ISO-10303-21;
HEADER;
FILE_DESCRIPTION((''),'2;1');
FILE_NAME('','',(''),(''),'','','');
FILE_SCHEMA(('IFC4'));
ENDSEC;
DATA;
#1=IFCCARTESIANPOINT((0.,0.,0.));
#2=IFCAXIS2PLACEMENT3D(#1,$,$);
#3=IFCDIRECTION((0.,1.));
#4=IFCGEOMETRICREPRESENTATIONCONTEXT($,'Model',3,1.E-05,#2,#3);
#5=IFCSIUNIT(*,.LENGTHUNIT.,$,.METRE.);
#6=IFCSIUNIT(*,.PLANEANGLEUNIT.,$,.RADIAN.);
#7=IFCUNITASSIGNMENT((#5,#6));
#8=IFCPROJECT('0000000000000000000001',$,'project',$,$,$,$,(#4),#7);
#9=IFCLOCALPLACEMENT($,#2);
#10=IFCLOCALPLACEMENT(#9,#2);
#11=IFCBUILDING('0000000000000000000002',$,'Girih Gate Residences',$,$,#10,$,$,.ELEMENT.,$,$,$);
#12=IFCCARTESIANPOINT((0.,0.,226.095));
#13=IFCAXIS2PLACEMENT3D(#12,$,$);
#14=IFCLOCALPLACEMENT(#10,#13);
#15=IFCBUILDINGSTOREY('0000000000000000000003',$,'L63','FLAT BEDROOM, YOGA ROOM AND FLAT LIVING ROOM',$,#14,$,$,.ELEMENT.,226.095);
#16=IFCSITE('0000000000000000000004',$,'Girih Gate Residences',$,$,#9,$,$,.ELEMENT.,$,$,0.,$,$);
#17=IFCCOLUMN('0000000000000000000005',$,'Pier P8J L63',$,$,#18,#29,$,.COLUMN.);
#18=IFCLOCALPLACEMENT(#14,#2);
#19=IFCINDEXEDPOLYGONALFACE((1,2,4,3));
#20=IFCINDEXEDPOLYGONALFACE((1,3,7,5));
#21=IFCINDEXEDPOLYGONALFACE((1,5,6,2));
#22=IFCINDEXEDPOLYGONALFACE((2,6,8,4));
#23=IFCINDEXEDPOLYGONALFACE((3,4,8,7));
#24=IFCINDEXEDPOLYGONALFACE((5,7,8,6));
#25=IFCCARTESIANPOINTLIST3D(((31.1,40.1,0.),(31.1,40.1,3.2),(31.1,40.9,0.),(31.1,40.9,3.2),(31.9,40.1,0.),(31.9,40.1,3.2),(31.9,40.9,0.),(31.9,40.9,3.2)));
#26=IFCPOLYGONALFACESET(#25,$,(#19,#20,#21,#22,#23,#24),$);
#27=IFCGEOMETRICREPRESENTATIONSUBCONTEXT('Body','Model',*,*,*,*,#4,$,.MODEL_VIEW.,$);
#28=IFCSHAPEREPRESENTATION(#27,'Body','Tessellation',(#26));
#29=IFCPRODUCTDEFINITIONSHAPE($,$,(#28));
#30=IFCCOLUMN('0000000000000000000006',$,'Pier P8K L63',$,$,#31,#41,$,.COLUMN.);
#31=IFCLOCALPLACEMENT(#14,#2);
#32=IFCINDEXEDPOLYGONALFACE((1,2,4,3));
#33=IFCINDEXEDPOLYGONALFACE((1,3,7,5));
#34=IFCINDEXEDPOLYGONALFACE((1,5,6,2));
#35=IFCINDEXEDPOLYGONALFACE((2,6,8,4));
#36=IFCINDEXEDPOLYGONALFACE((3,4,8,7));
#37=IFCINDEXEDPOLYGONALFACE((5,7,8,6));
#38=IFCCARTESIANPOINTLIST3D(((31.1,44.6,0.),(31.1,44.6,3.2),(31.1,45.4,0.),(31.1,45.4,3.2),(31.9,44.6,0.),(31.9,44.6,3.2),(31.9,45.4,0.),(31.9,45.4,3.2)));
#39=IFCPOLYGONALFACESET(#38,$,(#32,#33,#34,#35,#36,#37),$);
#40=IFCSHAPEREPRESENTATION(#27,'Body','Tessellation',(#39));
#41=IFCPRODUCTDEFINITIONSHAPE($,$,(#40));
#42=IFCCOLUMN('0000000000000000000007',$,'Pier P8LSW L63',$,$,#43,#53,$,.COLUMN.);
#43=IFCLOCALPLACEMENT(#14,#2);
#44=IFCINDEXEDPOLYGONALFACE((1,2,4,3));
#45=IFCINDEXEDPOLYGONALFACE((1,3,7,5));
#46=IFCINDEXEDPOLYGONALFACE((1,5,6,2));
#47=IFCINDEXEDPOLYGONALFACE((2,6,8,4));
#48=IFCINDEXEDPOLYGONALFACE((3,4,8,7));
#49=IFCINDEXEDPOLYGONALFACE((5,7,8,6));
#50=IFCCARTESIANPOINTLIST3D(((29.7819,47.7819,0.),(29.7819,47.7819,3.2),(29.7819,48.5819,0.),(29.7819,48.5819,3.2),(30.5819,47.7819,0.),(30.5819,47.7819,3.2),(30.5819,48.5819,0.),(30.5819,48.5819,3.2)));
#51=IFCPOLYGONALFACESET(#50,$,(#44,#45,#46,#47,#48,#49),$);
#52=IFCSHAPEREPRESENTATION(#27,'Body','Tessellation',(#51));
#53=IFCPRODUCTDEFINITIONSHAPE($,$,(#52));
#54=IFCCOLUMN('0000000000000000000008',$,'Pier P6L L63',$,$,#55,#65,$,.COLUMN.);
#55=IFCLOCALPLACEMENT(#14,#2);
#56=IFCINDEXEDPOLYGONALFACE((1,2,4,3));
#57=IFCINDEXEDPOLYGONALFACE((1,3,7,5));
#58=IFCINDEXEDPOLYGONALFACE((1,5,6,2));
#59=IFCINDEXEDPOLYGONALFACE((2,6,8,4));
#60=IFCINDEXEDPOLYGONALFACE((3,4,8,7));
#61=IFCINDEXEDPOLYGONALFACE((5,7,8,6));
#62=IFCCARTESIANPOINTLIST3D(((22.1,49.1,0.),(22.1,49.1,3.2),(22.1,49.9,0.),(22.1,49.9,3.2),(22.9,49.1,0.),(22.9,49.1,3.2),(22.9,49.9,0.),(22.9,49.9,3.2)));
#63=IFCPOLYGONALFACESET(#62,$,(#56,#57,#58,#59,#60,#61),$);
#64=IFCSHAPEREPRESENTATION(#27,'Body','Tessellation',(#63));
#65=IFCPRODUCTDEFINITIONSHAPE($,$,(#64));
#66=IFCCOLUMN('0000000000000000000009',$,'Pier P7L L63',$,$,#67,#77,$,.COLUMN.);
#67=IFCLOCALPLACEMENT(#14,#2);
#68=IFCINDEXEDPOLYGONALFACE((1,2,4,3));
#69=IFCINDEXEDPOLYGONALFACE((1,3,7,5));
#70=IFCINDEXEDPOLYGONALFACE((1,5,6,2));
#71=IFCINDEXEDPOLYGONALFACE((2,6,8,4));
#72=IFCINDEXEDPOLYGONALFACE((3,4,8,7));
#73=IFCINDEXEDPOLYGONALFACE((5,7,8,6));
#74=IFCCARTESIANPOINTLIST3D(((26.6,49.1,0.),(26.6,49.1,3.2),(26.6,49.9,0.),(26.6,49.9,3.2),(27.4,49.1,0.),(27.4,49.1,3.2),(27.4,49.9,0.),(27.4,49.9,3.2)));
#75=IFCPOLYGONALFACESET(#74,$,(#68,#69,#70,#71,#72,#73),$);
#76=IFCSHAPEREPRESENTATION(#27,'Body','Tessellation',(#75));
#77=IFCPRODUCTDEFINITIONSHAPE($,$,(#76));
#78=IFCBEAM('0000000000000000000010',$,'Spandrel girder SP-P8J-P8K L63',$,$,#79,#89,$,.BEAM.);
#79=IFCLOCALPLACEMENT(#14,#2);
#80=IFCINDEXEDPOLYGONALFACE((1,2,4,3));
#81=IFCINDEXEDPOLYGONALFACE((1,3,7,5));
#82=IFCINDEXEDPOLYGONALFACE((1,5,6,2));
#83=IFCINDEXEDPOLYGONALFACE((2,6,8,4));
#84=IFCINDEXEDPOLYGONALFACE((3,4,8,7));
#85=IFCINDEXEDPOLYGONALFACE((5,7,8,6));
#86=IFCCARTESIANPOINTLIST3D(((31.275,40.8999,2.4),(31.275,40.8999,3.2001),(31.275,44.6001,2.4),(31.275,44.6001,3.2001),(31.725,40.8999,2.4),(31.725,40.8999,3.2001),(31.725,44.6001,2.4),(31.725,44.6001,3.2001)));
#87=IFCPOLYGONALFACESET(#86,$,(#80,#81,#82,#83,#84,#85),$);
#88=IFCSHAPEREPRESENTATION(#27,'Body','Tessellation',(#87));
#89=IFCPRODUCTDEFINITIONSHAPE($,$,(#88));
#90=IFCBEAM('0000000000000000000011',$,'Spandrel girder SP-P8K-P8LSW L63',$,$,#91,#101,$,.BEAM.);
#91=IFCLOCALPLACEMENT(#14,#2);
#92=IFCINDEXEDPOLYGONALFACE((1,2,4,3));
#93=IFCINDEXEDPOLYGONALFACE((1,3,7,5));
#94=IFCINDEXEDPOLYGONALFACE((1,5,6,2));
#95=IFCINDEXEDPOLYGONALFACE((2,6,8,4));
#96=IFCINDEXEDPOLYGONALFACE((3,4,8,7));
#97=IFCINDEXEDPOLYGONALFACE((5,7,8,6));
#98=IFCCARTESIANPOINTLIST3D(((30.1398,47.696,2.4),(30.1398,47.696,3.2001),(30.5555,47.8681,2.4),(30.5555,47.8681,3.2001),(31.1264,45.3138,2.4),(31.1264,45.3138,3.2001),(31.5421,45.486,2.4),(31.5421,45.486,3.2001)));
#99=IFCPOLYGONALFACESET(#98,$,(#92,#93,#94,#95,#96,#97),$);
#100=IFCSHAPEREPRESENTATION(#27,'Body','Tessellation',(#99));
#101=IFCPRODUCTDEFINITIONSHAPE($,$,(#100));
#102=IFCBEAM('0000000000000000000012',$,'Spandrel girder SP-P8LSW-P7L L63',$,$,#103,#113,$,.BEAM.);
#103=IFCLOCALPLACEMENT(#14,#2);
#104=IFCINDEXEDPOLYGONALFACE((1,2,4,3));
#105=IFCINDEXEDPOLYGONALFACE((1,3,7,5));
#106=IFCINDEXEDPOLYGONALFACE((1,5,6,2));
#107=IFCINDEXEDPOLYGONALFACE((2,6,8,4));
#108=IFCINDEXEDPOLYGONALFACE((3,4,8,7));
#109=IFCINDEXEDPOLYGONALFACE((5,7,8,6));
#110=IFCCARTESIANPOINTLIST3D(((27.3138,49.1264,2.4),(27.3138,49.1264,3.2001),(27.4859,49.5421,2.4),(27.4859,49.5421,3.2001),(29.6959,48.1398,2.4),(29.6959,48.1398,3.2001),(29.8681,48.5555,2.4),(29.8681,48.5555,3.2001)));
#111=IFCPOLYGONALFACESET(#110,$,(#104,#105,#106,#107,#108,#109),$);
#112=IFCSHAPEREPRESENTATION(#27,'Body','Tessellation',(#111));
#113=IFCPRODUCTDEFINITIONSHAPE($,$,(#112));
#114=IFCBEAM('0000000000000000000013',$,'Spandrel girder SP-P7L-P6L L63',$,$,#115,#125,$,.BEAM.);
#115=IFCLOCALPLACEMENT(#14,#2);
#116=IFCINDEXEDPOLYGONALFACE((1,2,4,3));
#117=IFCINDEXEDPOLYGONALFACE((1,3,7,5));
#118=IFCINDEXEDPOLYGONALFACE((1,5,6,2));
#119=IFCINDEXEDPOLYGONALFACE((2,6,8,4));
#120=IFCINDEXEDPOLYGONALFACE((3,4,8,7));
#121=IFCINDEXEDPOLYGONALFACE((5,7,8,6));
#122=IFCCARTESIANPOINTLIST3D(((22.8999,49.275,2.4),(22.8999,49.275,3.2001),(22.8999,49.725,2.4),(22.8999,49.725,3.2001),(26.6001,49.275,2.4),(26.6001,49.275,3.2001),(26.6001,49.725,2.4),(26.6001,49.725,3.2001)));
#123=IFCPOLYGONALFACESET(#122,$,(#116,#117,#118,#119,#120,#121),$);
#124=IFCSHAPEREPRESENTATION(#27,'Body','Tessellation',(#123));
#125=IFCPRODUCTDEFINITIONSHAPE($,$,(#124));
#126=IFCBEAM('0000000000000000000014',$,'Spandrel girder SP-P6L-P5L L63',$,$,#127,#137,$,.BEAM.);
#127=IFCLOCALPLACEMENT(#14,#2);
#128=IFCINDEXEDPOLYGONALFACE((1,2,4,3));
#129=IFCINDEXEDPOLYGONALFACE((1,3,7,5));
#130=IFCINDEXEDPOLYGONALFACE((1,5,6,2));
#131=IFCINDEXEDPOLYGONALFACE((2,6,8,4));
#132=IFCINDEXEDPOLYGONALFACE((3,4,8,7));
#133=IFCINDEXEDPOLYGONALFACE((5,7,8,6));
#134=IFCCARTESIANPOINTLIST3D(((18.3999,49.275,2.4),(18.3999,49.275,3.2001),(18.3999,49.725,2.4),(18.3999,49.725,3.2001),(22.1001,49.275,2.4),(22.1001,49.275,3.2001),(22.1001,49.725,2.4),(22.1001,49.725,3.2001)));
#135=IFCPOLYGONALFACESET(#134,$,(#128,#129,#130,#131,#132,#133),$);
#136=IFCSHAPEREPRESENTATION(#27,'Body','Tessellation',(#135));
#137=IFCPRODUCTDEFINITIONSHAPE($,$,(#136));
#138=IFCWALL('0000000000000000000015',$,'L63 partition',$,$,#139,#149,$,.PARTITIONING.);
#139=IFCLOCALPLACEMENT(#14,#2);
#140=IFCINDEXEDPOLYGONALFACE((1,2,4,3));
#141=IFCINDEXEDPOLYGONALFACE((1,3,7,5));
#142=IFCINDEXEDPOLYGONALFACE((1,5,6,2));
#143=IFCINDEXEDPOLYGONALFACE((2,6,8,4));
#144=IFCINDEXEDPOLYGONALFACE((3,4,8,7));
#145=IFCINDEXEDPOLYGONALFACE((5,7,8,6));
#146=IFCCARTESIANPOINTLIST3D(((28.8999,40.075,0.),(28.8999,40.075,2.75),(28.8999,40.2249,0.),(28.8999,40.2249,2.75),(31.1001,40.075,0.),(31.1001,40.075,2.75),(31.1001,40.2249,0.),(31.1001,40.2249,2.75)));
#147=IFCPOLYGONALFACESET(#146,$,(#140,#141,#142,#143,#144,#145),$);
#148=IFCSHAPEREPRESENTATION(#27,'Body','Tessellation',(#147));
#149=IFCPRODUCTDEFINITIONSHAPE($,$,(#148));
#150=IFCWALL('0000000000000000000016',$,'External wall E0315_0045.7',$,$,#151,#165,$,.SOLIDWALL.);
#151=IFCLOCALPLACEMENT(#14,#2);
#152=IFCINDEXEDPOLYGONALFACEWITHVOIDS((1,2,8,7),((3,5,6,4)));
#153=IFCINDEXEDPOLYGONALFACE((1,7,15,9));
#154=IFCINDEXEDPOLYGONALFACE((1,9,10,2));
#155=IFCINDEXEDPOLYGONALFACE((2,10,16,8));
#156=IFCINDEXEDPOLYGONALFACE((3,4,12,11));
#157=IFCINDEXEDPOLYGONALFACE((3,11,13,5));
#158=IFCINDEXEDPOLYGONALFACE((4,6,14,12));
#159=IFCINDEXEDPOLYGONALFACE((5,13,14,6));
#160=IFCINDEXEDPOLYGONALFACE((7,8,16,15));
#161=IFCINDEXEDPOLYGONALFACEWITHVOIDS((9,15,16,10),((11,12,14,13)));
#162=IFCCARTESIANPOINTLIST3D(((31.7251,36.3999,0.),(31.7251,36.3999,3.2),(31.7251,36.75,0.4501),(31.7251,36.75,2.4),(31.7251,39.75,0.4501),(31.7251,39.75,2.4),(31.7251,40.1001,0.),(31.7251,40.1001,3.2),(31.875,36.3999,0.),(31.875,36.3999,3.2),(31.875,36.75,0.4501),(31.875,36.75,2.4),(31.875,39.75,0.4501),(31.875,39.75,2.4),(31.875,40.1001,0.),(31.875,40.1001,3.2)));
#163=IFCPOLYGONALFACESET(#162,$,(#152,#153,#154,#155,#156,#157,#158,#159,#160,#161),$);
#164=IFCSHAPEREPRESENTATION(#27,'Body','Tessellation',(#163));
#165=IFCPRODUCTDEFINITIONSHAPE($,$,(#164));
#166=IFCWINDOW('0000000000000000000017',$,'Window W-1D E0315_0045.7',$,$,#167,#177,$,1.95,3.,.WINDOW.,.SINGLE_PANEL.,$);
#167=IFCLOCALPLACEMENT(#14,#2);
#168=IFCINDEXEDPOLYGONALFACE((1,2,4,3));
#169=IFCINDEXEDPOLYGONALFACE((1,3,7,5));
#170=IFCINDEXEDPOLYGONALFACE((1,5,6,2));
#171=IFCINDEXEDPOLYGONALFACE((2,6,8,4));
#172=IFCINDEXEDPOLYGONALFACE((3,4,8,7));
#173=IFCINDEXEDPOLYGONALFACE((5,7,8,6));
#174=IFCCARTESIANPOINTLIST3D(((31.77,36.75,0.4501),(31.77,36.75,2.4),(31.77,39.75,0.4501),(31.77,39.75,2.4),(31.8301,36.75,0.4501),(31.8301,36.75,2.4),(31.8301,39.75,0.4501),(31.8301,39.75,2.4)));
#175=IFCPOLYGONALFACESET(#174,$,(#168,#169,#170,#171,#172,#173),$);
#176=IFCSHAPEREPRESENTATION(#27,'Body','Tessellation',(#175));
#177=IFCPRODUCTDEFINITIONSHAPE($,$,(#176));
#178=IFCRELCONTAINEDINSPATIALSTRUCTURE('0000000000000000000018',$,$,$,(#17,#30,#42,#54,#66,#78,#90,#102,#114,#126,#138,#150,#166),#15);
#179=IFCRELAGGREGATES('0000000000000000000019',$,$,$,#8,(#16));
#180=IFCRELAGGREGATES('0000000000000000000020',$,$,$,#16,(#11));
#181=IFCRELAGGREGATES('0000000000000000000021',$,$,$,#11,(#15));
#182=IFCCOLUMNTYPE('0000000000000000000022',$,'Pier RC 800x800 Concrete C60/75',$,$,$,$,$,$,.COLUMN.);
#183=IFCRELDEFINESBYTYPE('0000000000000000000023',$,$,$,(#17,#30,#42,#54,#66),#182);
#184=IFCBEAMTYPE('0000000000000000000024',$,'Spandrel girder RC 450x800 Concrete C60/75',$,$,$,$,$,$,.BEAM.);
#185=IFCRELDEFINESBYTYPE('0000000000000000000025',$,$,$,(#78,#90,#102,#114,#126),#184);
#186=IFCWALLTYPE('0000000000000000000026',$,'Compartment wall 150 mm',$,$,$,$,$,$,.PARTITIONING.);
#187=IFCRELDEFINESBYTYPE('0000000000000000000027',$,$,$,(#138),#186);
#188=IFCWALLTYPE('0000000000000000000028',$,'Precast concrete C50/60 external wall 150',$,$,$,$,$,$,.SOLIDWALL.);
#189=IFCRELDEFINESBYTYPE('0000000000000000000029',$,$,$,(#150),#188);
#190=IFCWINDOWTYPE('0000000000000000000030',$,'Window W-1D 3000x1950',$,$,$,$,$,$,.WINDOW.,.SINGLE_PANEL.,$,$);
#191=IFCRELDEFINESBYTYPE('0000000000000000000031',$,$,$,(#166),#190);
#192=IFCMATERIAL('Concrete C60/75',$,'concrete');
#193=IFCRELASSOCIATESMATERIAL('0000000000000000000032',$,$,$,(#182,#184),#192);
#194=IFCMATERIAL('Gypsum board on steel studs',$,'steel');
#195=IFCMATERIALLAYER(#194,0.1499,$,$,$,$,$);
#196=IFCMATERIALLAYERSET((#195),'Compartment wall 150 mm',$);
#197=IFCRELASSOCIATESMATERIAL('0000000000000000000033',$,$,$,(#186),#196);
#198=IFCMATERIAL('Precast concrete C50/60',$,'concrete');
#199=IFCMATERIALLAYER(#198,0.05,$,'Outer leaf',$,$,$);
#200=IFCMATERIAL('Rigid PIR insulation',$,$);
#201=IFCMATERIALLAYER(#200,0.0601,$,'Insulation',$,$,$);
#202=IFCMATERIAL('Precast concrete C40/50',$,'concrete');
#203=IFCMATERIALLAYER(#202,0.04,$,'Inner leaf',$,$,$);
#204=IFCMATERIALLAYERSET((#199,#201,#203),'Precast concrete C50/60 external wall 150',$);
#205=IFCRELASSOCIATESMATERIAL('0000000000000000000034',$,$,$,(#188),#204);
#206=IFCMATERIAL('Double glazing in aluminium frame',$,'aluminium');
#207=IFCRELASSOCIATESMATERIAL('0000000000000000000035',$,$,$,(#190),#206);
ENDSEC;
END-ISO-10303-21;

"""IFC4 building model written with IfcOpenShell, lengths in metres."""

from ifc_helpers import new_model, si_unit, direction, frame, frame_2d, origin, origin_2d, place, context, subcontext, project, spatial, rectangle, extrude, material, layer, layer_set, material_profile, profile_set, type_object, element, fill, save


model = new_model("IFC4")

# Units and contexts
model_context = context("Model", 3, precision=1e-05, world=origin(), true_north=direction((0.0, 1.0)))
body_context = subcontext(model_context, "Body", "Model", "MODEL_VIEW")
ifc_project = project(units=[si_unit("LENGTHUNIT", "METRE"), si_unit("PLANEANGLEUNIT", "RADIAN")], contexts=[model_context])

# Site, building, storey
site_placement = place(None, origin())
site = spatial("IfcSite", under=ifc_project, at=site_placement, Name="Girih Gate Residences", CompositionType="ELEMENT", RefElevation=0.0)
building_placement = place(site_placement, origin())
building = spatial("IfcBuilding", under=site, at=building_placement, Name="Girih Gate Residences", CompositionType="ELEMENT")
storey_placement = place(building_placement, frame((0.0, 0.0, 226.095)))
storey = spatial("IfcBuildingStorey", under=building, at=storey_placement, Name="L63", Description="FLAT BEDROOM, YOGA ROOM AND FLAT LIVING ROOM", CompositionType="ELEMENT", Elevation=226.095)

# Columns
ifc_material_1 = material(Name="Concrete C60/75", Category="concrete")
ifc_material_profile_1 = material_profile(ifc_material_1, rectangle(XDim=0.8, YDim=0.8, at=origin_2d()))
ifc_profile_set_1 = profile_set([ifc_material_profile_1], Name="Concrete C60/75")
column_type = type_object("IfcColumnType", Name="Pier RC 800x800 Concrete C60/75", PredefinedType="COLUMN", material=ifc_profile_set_1)
for number, where, z_axis, x_axis, name in (
    (1, (31.5, 40.5, 0.0), (0.0, 0.0, 1.0), (1.0, 0.0, 0.0), "Pier P8J L63"),
    (2, (31.5, 45.0, 0.0), (0.0, 0.0, 1.0), (1.0, 0.0, 0.0), "Pier P8K L63"),
    (3, (30.1819, 48.1819, 0.0), (0.0, 0.0, 1.0), (1.0, 0.0, 0.0), "Pier P8LSW L63"),
    (4, (22.5, 49.5, 0.0), (0.0, 0.0, 1.0), (1.0, 0.0, 0.0), "Pier P6L L63"),
    (5, (27.0, 49.5, 0.0), (0.0, 0.0, 1.0), (1.0, 0.0, 0.0), "Pier P7L L63"),
):
    element("IfcColumn", number, at=place(storey_placement, frame(where, z_axis=z_axis, x_axis=x_axis)), inside=storey, type_object=column_type, Name=name, PredefinedType="COLUMN", context=body_context, shape_type="SweptSolid", body=[
        extrude(rectangle(XDim=0.8, YDim=0.8, at=origin_2d()), origin(), (0.0, 0.0, 1.0), 3.2),
    ])

# Beams
ifc_material_profile_2 = material_profile(ifc_material_1, rectangle(XDim=0.45, YDim=0.8, at=origin_2d()))
ifc_profile_set_2 = profile_set([ifc_material_profile_2], Name="Concrete C60/75")
beam_type = type_object("IfcBeamType", Name="Spandrel girder RC 450x800 Concrete C60/75", PredefinedType="BEAM", material=ifc_profile_set_2)
beam_placement = place(storey_placement, frame((31.5, 40.8999, 2.8), z_axis=(0.0, 1.0, 0.0), x_axis=(-1.0, 0.0, 0.0)))
element("IfcBeam", 6, at=beam_placement, inside=storey, type_object=beam_type, Name="Spandrel girder SP-P8J-P8K L63", PredefinedType="BEAM", context=body_context, shape_type="SweptSolid", body=[
    extrude(rectangle(XDim=0.45, YDim=0.8, at=origin_2d()), origin(), (0.0, 0.0, 1.0), 3.7002),
])
for number, where, z_axis, x_axis, name in (
    (7, (31.3342, 45.3999, 2.8), (-0.382644, 0.923896, 0.0), (-0.923896, -0.382644, 0.0), "Spandrel girder SP-P8K-P8LSW L63"),
    (8, (29.782, 48.3477, 2.8), (-0.923896, 0.382644, 0.0), (-0.382644, -0.923896, 0.0), "Spandrel girder SP-P8LSW-P7L L63"),
):
    element("IfcBeam", number, at=place(storey_placement, frame(where, z_axis=z_axis, x_axis=x_axis)), inside=storey, type_object=beam_type, Name=name, PredefinedType="BEAM", context=body_context, shape_type="SweptSolid", body=[
        extrude(rectangle(XDim=0.45, YDim=0.8, at=origin_2d()), origin(), (0.0, 0.0, 1.0), 2.5784),
    ])
for number, where, z_axis, x_axis, name in (
    (9, (26.6001, 49.5, 2.8), (-1.0, 0.0, 0.0), (0.0, -1.0, 0.0), "Spandrel girder SP-P7L-P6L L63"),
    (10, (22.1001, 49.5, 2.8), (-1.0, 0.0, 0.0), (0.0, -1.0, 0.0), "Spandrel girder SP-P6L-P5L L63"),
):
    element("IfcBeam", number, at=place(storey_placement, frame(where, z_axis=z_axis, x_axis=x_axis)), inside=storey, type_object=beam_type, Name=name, PredefinedType="BEAM", context=body_context, shape_type="SweptSolid", body=[
        extrude(rectangle(XDim=0.45, YDim=0.8, at=origin_2d()), origin(), (0.0, 0.0, 1.0), 3.7002),
    ])

# Wall
ifc_material_2 = material(Name="Gypsum board on steel studs", Category="steel")
ifc_layer_1 = layer(ifc_material_2, 0.1499)
ifc_layer_set_1 = layer_set([ifc_layer_1], Name="Compartment wall 150 mm")
wall_type_1 = type_object("IfcWallType", Name="Compartment wall 150 mm", PredefinedType="PARTITIONING", material=ifc_layer_set_1)
wall_1_placement = place(storey_placement, frame((28.8999, 40.1499, 0.0), z_axis=(0.0, 0.0, 1.0), x_axis=(1.0, 0.0, 0.0)))
element("IfcWall", 11, at=wall_1_placement, inside=storey, type_object=wall_type_1, Name="L63 partition", PredefinedType="PARTITIONING", context=body_context, shape_type="SweptSolid", body=[
    extrude(rectangle(XDim=2.2002, YDim=0.1499, at=frame_2d((1.1001, 0.0))), origin(), (0.0, 0.0, 1.0), 2.75),
])

# Wall, opening, window
ifc_material_3 = material(Name="Precast concrete C50/60", Category="concrete")
ifc_layer_2 = layer(ifc_material_3, 0.05, Name="Outer leaf")
ifc_material_4 = material(Name="Rigid PIR insulation")
ifc_layer_3 = layer(ifc_material_4, 0.0601, Name="Insulation")
ifc_material_5 = material(Name="Precast concrete C40/50", Category="concrete")
ifc_layer_4 = layer(ifc_material_5, 0.04, Name="Inner leaf")
ifc_layer_set_2 = layer_set([ifc_layer_2, ifc_layer_3, ifc_layer_4], Name="Precast concrete C50/60 external wall 150")
wall_type_2 = type_object("IfcWallType", Name="Precast concrete C50/60 external wall 150", PredefinedType="SOLIDWALL", material=ifc_layer_set_2)
wall_2_placement = place(storey_placement, frame((31.8, 40.1001, 0.0), z_axis=(0.0, 0.0, 1.0), x_axis=(0.0, -1.0, 0.0)))
wall_2 = element("IfcWall", 12, at=wall_2_placement, inside=storey, type_object=wall_type_2, Name="External wall E0315_0045.7", PredefinedType="SOLIDWALL", context=body_context, shape_type="SweptSolid", body=[
    extrude(rectangle(XDim=3.7002, YDim=0.1499, at=frame_2d((1.8501, 0.0))), origin(), (0.0, 0.0, 1.0), 3.2),
])
opening_1_placement = place(wall_2_placement, frame((0.3501, 0.0, 0.45)))
opening_1 = element("IfcOpeningElement", 13, at=opening_1_placement, cuts=wall_2, PredefinedType="OPENING", context=body_context, shape_type="SweptSolid", body=[
    extrude(rectangle(XDim=3.0, YDim=1.95, at=frame_2d((1.5, 0.9751))), frame((0.0, 0.085, 0.0), z_axis=(0.0, -1.0, 0.0), x_axis=(1.0, 0.0, 0.0)), (0.0, 0.0, 1.0), 0.1699),
])
ifc_material_6 = material(Name="Double glazing in aluminium frame", Category="aluminium")
window_type_1 = type_object("IfcWindowType", Name="Window W-1D 3000x1950", PartitioningType="SINGLE_PANEL", PredefinedType="WINDOW", material=ifc_material_6)
window_1_placement = place(opening_1_placement, origin())
window_1 = element("IfcWindow", 14, at=window_1_placement, inside=storey, type_object=window_type_1, Name="Window W-1D E0315_0045.7", OverallHeight=1.95, OverallWidth=3.0, PartitioningType="SINGLE_PANEL", PredefinedType="WINDOW", context=body_context, shape_type="SweptSolid", body=[
    extrude(rectangle(XDim=3.0, YDim=1.95, at=frame_2d((1.5, 0.9751))), frame((0.0, 0.03, 0.0), z_axis=(0.0, -1.0, 0.0), x_axis=(1.0, 0.0, 0.0)), (0.0, 0.0, 1.0), 0.0601),
])
fill(opening_1, window_1)

save(model, "model.ifc")
